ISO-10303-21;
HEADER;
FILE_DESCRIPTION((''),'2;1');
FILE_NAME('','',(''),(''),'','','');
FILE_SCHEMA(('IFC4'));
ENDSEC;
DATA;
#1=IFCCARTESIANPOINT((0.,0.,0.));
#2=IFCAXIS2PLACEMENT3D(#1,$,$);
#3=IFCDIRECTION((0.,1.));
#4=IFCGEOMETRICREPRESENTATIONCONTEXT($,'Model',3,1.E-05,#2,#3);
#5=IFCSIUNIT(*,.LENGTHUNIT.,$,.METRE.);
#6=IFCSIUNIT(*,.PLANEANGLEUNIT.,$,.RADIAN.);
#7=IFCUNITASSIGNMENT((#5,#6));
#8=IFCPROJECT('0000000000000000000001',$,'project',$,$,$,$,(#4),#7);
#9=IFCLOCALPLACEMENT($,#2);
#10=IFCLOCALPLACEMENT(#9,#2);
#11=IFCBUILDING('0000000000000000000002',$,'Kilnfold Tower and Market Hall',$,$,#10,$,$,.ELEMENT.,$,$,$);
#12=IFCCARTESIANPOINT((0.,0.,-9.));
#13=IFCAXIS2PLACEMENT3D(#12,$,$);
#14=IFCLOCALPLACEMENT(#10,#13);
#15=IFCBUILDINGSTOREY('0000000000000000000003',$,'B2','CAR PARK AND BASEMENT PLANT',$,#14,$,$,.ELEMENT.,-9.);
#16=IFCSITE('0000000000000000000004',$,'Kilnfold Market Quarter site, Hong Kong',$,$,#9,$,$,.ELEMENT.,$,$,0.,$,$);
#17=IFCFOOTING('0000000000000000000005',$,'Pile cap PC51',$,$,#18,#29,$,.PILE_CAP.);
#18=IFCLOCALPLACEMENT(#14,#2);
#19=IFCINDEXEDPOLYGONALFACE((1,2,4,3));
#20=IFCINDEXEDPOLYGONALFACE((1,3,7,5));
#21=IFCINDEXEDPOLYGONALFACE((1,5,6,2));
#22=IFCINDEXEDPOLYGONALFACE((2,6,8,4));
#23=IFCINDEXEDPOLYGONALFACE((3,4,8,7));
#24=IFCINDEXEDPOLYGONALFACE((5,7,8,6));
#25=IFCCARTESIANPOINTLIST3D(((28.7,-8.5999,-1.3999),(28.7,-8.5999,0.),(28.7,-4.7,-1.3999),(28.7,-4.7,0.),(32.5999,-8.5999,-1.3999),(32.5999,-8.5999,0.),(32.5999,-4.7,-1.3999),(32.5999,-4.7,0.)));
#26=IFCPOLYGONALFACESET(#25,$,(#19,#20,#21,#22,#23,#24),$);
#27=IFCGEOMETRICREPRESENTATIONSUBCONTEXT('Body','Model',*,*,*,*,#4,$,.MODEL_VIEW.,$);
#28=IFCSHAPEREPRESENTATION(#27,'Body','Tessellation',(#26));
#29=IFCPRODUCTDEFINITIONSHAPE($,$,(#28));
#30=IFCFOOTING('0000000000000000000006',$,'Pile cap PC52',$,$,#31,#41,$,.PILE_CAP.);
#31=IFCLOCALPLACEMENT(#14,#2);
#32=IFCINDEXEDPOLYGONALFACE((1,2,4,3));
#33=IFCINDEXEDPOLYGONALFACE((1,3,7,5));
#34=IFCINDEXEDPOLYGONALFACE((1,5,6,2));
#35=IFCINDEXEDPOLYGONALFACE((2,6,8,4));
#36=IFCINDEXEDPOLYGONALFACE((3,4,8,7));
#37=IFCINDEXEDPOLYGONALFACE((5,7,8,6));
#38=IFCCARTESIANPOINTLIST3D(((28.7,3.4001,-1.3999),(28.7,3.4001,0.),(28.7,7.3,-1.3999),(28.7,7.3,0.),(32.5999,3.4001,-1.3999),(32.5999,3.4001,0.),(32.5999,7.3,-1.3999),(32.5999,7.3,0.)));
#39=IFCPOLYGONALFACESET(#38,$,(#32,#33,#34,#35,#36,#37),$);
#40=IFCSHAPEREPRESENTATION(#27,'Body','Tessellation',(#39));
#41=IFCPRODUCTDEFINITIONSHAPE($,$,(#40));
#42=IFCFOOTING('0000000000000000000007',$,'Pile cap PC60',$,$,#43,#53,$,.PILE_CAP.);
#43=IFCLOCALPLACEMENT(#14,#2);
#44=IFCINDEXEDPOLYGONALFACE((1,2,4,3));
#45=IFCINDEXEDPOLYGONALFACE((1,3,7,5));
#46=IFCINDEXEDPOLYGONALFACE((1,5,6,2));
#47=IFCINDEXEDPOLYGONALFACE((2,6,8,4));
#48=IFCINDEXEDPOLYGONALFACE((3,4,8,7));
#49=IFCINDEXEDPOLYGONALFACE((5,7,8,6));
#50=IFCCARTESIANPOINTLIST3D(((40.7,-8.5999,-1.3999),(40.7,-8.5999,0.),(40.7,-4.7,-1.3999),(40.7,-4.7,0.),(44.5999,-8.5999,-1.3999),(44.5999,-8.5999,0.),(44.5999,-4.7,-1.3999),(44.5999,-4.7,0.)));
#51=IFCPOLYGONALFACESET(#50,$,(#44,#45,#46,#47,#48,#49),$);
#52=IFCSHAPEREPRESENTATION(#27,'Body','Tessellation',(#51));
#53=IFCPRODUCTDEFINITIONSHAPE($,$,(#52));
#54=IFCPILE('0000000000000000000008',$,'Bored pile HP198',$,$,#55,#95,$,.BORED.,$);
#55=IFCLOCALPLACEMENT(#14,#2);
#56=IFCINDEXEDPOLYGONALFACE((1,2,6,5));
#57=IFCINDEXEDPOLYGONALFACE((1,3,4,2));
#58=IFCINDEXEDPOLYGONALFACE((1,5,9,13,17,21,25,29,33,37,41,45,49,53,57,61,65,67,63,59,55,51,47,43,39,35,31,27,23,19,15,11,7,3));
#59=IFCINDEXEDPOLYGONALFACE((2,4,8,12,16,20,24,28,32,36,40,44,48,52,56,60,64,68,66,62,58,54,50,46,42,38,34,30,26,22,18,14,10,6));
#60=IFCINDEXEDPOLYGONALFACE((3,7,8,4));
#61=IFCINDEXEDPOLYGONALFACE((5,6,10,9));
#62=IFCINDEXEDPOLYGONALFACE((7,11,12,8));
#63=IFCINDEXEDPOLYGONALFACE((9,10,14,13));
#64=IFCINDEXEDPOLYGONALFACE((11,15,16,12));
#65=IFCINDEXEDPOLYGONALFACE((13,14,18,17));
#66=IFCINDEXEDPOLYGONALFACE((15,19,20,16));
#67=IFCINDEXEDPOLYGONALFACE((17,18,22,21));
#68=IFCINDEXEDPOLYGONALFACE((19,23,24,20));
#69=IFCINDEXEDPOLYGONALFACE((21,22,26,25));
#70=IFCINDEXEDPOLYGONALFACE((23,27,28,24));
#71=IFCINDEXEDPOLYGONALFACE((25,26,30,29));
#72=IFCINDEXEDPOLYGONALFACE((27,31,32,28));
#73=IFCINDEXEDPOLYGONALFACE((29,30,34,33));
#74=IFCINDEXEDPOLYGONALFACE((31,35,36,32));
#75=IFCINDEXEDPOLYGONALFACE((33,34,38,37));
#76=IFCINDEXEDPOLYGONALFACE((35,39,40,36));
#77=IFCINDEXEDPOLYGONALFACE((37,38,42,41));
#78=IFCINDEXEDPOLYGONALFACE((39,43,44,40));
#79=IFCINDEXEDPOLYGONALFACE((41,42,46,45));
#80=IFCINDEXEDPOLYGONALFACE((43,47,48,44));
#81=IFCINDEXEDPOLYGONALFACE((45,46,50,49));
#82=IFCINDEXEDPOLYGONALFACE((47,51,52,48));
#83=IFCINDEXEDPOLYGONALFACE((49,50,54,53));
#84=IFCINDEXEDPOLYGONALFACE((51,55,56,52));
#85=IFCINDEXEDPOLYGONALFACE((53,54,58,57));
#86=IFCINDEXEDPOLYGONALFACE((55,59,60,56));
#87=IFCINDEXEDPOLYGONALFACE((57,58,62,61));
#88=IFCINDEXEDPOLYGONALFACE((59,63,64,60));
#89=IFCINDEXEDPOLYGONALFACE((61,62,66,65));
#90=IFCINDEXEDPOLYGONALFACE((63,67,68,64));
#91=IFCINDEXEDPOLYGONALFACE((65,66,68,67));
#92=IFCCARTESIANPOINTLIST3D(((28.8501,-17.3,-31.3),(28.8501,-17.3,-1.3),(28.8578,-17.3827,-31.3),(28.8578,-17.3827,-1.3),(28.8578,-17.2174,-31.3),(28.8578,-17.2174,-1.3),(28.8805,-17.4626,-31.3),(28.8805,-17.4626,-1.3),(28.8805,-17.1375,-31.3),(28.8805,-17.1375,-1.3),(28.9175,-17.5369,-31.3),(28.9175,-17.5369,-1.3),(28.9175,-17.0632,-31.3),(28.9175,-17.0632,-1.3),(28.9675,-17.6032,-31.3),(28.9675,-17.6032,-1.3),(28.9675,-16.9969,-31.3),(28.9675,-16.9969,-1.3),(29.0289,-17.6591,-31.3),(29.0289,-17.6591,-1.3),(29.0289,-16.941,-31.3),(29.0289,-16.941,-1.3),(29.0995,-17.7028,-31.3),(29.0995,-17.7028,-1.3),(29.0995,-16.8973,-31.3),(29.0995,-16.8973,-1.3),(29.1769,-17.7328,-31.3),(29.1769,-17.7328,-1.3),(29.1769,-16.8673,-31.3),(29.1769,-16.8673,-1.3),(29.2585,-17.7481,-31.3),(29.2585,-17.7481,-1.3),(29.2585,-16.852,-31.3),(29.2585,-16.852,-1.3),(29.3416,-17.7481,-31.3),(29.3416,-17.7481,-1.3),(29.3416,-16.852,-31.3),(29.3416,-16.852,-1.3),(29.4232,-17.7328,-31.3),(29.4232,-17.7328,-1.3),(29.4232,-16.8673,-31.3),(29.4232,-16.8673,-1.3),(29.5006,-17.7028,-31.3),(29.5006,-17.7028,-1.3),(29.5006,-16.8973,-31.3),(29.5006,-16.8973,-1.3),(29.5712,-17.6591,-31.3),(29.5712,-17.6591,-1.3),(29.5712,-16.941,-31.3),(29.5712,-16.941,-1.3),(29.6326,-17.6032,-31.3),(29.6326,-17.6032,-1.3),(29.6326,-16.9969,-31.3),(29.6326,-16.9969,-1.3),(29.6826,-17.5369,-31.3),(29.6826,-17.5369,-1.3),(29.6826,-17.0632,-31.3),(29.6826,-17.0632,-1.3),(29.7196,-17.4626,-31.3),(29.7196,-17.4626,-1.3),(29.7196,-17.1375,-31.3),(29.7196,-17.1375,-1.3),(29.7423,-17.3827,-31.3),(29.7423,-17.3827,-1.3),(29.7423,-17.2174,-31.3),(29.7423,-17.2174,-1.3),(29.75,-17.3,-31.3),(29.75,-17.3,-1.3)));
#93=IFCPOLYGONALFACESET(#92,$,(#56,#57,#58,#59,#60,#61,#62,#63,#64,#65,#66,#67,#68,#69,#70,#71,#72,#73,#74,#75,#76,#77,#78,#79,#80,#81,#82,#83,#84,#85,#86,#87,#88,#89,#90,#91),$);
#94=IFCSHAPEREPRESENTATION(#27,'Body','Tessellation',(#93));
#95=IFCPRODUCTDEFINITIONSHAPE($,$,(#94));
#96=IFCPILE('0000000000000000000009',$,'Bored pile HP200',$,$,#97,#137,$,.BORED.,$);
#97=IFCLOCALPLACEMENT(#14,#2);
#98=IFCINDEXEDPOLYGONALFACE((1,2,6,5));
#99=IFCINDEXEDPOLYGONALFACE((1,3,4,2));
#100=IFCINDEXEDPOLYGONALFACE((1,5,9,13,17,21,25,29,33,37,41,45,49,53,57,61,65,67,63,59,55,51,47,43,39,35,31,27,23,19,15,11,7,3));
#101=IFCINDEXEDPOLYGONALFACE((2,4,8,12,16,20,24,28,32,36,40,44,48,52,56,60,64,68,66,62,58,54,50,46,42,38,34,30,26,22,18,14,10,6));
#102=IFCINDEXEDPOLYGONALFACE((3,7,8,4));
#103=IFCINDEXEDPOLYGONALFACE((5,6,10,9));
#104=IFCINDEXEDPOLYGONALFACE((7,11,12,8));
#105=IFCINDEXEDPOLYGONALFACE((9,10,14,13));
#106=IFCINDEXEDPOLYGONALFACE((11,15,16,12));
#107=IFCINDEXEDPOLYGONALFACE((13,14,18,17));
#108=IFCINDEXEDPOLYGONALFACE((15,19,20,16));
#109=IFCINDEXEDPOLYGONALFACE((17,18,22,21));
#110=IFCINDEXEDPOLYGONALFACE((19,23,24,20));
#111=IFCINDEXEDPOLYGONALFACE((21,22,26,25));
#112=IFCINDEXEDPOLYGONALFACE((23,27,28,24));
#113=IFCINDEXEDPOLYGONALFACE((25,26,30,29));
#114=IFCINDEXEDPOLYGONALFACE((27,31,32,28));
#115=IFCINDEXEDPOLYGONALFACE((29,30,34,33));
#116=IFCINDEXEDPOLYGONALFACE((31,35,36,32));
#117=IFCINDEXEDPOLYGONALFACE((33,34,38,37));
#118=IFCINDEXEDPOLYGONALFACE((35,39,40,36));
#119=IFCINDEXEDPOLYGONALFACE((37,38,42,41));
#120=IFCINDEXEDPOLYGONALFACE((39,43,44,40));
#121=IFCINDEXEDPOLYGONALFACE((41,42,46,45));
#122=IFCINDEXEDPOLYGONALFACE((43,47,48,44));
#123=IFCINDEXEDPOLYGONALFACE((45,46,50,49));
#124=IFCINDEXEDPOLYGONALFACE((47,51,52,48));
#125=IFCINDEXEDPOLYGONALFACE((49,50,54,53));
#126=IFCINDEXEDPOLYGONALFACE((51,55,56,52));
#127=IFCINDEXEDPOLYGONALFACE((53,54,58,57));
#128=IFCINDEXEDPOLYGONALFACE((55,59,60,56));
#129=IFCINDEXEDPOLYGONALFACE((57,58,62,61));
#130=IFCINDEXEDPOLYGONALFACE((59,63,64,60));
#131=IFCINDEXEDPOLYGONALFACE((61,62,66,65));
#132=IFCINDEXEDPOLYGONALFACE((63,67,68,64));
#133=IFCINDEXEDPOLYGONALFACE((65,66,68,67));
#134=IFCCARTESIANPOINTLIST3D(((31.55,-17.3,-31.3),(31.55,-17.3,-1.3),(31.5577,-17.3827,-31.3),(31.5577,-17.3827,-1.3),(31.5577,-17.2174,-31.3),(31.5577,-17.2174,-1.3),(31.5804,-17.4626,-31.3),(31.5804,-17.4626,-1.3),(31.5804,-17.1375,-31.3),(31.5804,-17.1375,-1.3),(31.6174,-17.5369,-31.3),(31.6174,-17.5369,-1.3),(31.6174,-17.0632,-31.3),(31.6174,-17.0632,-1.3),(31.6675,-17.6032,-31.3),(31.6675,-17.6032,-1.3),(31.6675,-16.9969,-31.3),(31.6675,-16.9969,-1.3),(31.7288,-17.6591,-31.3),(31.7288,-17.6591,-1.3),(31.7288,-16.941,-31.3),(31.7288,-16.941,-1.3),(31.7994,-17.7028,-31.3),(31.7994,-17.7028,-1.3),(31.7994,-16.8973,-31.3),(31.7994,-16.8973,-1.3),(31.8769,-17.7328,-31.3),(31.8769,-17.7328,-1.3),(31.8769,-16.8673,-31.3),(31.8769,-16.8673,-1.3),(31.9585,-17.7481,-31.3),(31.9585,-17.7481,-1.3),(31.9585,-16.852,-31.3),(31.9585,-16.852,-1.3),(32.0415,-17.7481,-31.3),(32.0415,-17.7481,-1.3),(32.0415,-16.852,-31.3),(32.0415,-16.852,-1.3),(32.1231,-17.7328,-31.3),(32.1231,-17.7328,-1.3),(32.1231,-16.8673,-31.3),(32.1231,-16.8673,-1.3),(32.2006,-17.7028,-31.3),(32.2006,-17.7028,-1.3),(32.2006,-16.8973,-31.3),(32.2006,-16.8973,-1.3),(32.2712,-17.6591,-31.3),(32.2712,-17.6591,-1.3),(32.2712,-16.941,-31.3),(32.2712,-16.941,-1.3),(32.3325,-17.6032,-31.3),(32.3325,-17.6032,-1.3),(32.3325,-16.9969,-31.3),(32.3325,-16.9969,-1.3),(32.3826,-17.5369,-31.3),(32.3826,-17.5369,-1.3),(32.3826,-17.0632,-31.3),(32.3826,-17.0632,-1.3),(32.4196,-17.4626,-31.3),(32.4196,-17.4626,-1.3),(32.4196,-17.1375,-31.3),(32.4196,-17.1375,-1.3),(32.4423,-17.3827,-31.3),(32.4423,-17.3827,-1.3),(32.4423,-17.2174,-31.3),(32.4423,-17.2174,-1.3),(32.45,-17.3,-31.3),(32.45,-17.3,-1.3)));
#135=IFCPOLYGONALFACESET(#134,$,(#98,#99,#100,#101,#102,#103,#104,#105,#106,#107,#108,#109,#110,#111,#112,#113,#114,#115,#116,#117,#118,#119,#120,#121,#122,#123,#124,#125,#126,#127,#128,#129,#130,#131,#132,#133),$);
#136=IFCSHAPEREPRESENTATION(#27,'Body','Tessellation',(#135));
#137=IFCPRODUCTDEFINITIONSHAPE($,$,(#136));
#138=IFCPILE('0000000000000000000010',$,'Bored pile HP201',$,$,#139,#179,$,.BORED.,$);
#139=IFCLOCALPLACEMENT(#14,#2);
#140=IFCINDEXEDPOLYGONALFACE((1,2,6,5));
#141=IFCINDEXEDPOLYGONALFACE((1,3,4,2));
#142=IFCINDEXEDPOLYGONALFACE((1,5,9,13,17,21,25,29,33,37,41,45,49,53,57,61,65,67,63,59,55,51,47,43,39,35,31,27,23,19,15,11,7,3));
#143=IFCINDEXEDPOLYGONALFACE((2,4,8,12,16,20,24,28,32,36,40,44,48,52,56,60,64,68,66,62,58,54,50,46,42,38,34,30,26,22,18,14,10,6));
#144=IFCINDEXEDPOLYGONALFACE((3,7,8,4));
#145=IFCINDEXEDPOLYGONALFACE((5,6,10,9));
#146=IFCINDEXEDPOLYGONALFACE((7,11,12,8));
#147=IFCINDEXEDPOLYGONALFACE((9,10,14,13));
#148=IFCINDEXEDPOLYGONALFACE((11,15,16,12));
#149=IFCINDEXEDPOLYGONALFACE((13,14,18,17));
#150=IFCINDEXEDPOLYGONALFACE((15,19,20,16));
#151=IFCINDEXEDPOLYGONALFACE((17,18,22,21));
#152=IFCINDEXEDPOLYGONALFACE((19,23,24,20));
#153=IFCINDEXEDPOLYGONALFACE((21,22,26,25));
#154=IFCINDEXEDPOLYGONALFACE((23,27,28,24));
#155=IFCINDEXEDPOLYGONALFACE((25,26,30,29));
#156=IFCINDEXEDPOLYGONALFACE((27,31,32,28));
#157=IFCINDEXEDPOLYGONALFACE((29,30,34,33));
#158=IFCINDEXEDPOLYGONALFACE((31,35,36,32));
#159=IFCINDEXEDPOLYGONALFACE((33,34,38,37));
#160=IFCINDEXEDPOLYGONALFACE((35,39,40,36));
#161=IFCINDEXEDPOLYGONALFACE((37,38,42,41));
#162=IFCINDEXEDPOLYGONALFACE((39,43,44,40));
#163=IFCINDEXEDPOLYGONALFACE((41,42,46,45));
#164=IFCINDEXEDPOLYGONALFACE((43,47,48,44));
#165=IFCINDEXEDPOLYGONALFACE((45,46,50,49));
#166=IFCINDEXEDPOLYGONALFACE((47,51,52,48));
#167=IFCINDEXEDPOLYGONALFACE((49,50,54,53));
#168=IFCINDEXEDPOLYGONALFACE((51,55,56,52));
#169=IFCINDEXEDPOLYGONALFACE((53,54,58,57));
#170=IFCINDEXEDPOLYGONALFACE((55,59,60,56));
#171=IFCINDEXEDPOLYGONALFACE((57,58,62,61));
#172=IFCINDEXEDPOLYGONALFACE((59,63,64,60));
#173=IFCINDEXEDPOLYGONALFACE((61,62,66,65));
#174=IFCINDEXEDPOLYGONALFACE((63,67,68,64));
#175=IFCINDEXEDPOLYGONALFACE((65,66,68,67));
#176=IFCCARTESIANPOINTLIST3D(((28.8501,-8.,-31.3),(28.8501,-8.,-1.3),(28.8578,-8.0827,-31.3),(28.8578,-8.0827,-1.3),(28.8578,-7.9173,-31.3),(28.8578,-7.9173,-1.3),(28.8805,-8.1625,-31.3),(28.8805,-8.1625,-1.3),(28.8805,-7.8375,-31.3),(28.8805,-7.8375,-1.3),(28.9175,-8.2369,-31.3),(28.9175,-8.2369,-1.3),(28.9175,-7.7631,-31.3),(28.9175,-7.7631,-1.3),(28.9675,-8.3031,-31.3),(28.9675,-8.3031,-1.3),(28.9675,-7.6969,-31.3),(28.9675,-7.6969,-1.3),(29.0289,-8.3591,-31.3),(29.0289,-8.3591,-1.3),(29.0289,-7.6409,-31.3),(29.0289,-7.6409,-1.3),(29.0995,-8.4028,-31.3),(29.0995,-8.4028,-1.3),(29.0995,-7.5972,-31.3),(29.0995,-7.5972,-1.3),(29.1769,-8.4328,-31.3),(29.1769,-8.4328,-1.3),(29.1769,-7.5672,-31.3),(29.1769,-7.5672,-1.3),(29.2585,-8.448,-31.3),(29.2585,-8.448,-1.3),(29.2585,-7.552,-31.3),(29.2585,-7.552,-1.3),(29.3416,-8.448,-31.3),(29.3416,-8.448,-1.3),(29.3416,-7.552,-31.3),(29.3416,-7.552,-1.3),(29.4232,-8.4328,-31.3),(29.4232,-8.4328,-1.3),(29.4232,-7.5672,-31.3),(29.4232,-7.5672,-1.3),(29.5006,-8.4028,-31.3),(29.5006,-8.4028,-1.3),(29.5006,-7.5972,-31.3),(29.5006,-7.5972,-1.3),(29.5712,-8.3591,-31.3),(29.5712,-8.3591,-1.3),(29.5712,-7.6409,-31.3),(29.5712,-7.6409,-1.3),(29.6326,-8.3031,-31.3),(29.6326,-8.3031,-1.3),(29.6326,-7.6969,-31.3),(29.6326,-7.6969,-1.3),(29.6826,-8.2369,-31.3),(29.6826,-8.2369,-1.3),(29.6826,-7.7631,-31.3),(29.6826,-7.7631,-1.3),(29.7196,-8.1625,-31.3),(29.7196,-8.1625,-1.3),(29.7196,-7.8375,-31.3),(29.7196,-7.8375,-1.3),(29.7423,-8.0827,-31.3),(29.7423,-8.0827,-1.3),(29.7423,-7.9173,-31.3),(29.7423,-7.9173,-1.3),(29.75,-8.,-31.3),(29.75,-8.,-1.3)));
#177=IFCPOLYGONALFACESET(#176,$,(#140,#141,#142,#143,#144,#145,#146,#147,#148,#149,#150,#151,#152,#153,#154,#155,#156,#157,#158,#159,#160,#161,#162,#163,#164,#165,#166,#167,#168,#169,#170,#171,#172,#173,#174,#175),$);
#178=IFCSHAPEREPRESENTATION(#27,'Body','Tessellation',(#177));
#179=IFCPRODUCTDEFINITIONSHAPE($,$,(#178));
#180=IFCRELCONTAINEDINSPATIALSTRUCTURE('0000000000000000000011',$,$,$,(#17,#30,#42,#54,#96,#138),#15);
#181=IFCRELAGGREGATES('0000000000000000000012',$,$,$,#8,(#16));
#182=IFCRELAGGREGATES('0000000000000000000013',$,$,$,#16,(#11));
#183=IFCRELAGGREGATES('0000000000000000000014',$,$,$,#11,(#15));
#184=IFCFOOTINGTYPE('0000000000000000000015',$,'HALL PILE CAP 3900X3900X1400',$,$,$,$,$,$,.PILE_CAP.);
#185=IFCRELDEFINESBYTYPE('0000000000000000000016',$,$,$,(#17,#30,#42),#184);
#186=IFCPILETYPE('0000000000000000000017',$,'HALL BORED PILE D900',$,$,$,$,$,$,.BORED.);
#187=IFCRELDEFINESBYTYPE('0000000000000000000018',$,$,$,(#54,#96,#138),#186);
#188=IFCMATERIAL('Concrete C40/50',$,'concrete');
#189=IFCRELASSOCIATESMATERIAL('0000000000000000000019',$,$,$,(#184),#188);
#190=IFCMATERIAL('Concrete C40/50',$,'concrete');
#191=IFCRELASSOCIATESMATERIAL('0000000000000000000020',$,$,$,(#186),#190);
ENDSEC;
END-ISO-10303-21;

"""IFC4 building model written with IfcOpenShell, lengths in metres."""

from ifc_helpers import new_model, si_unit, direction, frame, origin, origin_2d, place, context, subcontext, project, spatial, rectangle, circle, extrude, source, transform, mapped, material, material_profile, profile_set, type_object, element, save


model = new_model("IFC4")

# Units and contexts
model_context = context("Model", 3, precision=1e-05, world=origin(), true_north=direction((0.0, 1.0)))
body_context = subcontext(model_context, "Body", "Model", "MODEL_VIEW")
ifc_project = project(units=[si_unit("LENGTHUNIT", "METRE"), si_unit("PLANEANGLEUNIT", "RADIAN")], contexts=[model_context])

# Site, building, storey
site_placement = place(None, origin())
site = spatial("IfcSite", under=ifc_project, at=site_placement, Name="Kilnfold Market Quarter site, Hong Kong", CompositionType="ELEMENT", RefElevation=0.0)
building_placement = place(site_placement, origin())
building = spatial("IfcBuilding", under=site, at=building_placement, Name="Kilnfold Tower and Market Hall", CompositionType="ELEMENT")
storey_placement = place(building_placement, frame((0.0, 0.0, -9.0)))
storey = spatial("IfcBuildingStorey", under=building, at=storey_placement, Name="B2", Description="CAR PARK AND BASEMENT PLANT", CompositionType="ELEMENT", Elevation=-9.0)

# Footings
ifc_material_1 = material(Name="Concrete C40/50", Category="concrete")
footing_type = type_object("IfcFootingType", Name="HALL PILE CAP 3900X3900X1400", PredefinedType="PILE_CAP", material=ifc_material_1)
shared_shape_1 = source(origin(), body_context, "Body", "SweptSolid", [
    extrude(rectangle(XDim=3.8999, YDim=3.8999, at=origin_2d()), origin(), (0.0, 0.0, 1.0), 1.3999),
])
for number, where, z_axis, x_axis, name in (
    (1, (30.6499, -6.6499, -1.3999), (0.0, 0.0, 1.0), (1.0, 0.0, 0.0), "Pile cap PC51"),
    (2, (30.6499, 5.3501, -1.3999), (0.0, 0.0, 1.0), (1.0, 0.0, 0.0), "Pile cap PC52"),
    (3, (42.6499, -6.6499, -1.3999), (0.0, 0.0, 1.0), (1.0, 0.0, 0.0), "Pile cap PC60"),
):
    element("IfcFooting", number, at=place(storey_placement, frame(where, z_axis=z_axis, x_axis=x_axis)), inside=storey, type_object=footing_type, Name=name, PredefinedType="PILE_CAP", context=body_context, shape_type="MappedRepresentation", body=[
        mapped(shared_shape_1, transform((0.0, 0.0, 0.0))),
    ])

# Piles
ifc_material_2 = material(Name="Concrete C40/50", Category="concrete")
ifc_material_profile_1 = material_profile(ifc_material_2, circle(Radius=0.45, at=origin_2d()), Name="D900")
ifc_profile_set_1 = profile_set([ifc_material_profile_1], Name="Concrete C40/50")
pile_type = type_object("IfcPileType", Name="HALL BORED PILE D900", PredefinedType="BORED", material=ifc_profile_set_1)
shared_shape_2 = source(origin(), body_context, "Body", "SweptSolid", [
    extrude(circle(Radius=0.45, at=origin_2d()), origin(), (0.0, 0.0, 1.0), 30.0),
])
for number, where, z_axis, x_axis, name in (
    (4, (29.3, -17.3, -1.3), (0.0, 0.0, -1.0), (1.0, 0.0, 0.0), "Bored pile HP198"),
    (5, (32.0, -17.3, -1.3), (0.0, 0.0, -1.0), (1.0, 0.0, 0.0), "Bored pile HP200"),
    (6, (29.3, -8.0, -1.3), (0.0, 0.0, -1.0), (1.0, 0.0, 0.0), "Bored pile HP201"),
):
    element("IfcPile", number, at=place(storey_placement, frame(where, z_axis=z_axis, x_axis=x_axis)), inside=storey, type_object=pile_type, Name=name, PredefinedType="BORED", context=body_context, shape_type="MappedRepresentation", body=[
        mapped(shared_shape_2, transform((0.0, 0.0, 0.0))),
    ])

save(model, "model.ifc")
